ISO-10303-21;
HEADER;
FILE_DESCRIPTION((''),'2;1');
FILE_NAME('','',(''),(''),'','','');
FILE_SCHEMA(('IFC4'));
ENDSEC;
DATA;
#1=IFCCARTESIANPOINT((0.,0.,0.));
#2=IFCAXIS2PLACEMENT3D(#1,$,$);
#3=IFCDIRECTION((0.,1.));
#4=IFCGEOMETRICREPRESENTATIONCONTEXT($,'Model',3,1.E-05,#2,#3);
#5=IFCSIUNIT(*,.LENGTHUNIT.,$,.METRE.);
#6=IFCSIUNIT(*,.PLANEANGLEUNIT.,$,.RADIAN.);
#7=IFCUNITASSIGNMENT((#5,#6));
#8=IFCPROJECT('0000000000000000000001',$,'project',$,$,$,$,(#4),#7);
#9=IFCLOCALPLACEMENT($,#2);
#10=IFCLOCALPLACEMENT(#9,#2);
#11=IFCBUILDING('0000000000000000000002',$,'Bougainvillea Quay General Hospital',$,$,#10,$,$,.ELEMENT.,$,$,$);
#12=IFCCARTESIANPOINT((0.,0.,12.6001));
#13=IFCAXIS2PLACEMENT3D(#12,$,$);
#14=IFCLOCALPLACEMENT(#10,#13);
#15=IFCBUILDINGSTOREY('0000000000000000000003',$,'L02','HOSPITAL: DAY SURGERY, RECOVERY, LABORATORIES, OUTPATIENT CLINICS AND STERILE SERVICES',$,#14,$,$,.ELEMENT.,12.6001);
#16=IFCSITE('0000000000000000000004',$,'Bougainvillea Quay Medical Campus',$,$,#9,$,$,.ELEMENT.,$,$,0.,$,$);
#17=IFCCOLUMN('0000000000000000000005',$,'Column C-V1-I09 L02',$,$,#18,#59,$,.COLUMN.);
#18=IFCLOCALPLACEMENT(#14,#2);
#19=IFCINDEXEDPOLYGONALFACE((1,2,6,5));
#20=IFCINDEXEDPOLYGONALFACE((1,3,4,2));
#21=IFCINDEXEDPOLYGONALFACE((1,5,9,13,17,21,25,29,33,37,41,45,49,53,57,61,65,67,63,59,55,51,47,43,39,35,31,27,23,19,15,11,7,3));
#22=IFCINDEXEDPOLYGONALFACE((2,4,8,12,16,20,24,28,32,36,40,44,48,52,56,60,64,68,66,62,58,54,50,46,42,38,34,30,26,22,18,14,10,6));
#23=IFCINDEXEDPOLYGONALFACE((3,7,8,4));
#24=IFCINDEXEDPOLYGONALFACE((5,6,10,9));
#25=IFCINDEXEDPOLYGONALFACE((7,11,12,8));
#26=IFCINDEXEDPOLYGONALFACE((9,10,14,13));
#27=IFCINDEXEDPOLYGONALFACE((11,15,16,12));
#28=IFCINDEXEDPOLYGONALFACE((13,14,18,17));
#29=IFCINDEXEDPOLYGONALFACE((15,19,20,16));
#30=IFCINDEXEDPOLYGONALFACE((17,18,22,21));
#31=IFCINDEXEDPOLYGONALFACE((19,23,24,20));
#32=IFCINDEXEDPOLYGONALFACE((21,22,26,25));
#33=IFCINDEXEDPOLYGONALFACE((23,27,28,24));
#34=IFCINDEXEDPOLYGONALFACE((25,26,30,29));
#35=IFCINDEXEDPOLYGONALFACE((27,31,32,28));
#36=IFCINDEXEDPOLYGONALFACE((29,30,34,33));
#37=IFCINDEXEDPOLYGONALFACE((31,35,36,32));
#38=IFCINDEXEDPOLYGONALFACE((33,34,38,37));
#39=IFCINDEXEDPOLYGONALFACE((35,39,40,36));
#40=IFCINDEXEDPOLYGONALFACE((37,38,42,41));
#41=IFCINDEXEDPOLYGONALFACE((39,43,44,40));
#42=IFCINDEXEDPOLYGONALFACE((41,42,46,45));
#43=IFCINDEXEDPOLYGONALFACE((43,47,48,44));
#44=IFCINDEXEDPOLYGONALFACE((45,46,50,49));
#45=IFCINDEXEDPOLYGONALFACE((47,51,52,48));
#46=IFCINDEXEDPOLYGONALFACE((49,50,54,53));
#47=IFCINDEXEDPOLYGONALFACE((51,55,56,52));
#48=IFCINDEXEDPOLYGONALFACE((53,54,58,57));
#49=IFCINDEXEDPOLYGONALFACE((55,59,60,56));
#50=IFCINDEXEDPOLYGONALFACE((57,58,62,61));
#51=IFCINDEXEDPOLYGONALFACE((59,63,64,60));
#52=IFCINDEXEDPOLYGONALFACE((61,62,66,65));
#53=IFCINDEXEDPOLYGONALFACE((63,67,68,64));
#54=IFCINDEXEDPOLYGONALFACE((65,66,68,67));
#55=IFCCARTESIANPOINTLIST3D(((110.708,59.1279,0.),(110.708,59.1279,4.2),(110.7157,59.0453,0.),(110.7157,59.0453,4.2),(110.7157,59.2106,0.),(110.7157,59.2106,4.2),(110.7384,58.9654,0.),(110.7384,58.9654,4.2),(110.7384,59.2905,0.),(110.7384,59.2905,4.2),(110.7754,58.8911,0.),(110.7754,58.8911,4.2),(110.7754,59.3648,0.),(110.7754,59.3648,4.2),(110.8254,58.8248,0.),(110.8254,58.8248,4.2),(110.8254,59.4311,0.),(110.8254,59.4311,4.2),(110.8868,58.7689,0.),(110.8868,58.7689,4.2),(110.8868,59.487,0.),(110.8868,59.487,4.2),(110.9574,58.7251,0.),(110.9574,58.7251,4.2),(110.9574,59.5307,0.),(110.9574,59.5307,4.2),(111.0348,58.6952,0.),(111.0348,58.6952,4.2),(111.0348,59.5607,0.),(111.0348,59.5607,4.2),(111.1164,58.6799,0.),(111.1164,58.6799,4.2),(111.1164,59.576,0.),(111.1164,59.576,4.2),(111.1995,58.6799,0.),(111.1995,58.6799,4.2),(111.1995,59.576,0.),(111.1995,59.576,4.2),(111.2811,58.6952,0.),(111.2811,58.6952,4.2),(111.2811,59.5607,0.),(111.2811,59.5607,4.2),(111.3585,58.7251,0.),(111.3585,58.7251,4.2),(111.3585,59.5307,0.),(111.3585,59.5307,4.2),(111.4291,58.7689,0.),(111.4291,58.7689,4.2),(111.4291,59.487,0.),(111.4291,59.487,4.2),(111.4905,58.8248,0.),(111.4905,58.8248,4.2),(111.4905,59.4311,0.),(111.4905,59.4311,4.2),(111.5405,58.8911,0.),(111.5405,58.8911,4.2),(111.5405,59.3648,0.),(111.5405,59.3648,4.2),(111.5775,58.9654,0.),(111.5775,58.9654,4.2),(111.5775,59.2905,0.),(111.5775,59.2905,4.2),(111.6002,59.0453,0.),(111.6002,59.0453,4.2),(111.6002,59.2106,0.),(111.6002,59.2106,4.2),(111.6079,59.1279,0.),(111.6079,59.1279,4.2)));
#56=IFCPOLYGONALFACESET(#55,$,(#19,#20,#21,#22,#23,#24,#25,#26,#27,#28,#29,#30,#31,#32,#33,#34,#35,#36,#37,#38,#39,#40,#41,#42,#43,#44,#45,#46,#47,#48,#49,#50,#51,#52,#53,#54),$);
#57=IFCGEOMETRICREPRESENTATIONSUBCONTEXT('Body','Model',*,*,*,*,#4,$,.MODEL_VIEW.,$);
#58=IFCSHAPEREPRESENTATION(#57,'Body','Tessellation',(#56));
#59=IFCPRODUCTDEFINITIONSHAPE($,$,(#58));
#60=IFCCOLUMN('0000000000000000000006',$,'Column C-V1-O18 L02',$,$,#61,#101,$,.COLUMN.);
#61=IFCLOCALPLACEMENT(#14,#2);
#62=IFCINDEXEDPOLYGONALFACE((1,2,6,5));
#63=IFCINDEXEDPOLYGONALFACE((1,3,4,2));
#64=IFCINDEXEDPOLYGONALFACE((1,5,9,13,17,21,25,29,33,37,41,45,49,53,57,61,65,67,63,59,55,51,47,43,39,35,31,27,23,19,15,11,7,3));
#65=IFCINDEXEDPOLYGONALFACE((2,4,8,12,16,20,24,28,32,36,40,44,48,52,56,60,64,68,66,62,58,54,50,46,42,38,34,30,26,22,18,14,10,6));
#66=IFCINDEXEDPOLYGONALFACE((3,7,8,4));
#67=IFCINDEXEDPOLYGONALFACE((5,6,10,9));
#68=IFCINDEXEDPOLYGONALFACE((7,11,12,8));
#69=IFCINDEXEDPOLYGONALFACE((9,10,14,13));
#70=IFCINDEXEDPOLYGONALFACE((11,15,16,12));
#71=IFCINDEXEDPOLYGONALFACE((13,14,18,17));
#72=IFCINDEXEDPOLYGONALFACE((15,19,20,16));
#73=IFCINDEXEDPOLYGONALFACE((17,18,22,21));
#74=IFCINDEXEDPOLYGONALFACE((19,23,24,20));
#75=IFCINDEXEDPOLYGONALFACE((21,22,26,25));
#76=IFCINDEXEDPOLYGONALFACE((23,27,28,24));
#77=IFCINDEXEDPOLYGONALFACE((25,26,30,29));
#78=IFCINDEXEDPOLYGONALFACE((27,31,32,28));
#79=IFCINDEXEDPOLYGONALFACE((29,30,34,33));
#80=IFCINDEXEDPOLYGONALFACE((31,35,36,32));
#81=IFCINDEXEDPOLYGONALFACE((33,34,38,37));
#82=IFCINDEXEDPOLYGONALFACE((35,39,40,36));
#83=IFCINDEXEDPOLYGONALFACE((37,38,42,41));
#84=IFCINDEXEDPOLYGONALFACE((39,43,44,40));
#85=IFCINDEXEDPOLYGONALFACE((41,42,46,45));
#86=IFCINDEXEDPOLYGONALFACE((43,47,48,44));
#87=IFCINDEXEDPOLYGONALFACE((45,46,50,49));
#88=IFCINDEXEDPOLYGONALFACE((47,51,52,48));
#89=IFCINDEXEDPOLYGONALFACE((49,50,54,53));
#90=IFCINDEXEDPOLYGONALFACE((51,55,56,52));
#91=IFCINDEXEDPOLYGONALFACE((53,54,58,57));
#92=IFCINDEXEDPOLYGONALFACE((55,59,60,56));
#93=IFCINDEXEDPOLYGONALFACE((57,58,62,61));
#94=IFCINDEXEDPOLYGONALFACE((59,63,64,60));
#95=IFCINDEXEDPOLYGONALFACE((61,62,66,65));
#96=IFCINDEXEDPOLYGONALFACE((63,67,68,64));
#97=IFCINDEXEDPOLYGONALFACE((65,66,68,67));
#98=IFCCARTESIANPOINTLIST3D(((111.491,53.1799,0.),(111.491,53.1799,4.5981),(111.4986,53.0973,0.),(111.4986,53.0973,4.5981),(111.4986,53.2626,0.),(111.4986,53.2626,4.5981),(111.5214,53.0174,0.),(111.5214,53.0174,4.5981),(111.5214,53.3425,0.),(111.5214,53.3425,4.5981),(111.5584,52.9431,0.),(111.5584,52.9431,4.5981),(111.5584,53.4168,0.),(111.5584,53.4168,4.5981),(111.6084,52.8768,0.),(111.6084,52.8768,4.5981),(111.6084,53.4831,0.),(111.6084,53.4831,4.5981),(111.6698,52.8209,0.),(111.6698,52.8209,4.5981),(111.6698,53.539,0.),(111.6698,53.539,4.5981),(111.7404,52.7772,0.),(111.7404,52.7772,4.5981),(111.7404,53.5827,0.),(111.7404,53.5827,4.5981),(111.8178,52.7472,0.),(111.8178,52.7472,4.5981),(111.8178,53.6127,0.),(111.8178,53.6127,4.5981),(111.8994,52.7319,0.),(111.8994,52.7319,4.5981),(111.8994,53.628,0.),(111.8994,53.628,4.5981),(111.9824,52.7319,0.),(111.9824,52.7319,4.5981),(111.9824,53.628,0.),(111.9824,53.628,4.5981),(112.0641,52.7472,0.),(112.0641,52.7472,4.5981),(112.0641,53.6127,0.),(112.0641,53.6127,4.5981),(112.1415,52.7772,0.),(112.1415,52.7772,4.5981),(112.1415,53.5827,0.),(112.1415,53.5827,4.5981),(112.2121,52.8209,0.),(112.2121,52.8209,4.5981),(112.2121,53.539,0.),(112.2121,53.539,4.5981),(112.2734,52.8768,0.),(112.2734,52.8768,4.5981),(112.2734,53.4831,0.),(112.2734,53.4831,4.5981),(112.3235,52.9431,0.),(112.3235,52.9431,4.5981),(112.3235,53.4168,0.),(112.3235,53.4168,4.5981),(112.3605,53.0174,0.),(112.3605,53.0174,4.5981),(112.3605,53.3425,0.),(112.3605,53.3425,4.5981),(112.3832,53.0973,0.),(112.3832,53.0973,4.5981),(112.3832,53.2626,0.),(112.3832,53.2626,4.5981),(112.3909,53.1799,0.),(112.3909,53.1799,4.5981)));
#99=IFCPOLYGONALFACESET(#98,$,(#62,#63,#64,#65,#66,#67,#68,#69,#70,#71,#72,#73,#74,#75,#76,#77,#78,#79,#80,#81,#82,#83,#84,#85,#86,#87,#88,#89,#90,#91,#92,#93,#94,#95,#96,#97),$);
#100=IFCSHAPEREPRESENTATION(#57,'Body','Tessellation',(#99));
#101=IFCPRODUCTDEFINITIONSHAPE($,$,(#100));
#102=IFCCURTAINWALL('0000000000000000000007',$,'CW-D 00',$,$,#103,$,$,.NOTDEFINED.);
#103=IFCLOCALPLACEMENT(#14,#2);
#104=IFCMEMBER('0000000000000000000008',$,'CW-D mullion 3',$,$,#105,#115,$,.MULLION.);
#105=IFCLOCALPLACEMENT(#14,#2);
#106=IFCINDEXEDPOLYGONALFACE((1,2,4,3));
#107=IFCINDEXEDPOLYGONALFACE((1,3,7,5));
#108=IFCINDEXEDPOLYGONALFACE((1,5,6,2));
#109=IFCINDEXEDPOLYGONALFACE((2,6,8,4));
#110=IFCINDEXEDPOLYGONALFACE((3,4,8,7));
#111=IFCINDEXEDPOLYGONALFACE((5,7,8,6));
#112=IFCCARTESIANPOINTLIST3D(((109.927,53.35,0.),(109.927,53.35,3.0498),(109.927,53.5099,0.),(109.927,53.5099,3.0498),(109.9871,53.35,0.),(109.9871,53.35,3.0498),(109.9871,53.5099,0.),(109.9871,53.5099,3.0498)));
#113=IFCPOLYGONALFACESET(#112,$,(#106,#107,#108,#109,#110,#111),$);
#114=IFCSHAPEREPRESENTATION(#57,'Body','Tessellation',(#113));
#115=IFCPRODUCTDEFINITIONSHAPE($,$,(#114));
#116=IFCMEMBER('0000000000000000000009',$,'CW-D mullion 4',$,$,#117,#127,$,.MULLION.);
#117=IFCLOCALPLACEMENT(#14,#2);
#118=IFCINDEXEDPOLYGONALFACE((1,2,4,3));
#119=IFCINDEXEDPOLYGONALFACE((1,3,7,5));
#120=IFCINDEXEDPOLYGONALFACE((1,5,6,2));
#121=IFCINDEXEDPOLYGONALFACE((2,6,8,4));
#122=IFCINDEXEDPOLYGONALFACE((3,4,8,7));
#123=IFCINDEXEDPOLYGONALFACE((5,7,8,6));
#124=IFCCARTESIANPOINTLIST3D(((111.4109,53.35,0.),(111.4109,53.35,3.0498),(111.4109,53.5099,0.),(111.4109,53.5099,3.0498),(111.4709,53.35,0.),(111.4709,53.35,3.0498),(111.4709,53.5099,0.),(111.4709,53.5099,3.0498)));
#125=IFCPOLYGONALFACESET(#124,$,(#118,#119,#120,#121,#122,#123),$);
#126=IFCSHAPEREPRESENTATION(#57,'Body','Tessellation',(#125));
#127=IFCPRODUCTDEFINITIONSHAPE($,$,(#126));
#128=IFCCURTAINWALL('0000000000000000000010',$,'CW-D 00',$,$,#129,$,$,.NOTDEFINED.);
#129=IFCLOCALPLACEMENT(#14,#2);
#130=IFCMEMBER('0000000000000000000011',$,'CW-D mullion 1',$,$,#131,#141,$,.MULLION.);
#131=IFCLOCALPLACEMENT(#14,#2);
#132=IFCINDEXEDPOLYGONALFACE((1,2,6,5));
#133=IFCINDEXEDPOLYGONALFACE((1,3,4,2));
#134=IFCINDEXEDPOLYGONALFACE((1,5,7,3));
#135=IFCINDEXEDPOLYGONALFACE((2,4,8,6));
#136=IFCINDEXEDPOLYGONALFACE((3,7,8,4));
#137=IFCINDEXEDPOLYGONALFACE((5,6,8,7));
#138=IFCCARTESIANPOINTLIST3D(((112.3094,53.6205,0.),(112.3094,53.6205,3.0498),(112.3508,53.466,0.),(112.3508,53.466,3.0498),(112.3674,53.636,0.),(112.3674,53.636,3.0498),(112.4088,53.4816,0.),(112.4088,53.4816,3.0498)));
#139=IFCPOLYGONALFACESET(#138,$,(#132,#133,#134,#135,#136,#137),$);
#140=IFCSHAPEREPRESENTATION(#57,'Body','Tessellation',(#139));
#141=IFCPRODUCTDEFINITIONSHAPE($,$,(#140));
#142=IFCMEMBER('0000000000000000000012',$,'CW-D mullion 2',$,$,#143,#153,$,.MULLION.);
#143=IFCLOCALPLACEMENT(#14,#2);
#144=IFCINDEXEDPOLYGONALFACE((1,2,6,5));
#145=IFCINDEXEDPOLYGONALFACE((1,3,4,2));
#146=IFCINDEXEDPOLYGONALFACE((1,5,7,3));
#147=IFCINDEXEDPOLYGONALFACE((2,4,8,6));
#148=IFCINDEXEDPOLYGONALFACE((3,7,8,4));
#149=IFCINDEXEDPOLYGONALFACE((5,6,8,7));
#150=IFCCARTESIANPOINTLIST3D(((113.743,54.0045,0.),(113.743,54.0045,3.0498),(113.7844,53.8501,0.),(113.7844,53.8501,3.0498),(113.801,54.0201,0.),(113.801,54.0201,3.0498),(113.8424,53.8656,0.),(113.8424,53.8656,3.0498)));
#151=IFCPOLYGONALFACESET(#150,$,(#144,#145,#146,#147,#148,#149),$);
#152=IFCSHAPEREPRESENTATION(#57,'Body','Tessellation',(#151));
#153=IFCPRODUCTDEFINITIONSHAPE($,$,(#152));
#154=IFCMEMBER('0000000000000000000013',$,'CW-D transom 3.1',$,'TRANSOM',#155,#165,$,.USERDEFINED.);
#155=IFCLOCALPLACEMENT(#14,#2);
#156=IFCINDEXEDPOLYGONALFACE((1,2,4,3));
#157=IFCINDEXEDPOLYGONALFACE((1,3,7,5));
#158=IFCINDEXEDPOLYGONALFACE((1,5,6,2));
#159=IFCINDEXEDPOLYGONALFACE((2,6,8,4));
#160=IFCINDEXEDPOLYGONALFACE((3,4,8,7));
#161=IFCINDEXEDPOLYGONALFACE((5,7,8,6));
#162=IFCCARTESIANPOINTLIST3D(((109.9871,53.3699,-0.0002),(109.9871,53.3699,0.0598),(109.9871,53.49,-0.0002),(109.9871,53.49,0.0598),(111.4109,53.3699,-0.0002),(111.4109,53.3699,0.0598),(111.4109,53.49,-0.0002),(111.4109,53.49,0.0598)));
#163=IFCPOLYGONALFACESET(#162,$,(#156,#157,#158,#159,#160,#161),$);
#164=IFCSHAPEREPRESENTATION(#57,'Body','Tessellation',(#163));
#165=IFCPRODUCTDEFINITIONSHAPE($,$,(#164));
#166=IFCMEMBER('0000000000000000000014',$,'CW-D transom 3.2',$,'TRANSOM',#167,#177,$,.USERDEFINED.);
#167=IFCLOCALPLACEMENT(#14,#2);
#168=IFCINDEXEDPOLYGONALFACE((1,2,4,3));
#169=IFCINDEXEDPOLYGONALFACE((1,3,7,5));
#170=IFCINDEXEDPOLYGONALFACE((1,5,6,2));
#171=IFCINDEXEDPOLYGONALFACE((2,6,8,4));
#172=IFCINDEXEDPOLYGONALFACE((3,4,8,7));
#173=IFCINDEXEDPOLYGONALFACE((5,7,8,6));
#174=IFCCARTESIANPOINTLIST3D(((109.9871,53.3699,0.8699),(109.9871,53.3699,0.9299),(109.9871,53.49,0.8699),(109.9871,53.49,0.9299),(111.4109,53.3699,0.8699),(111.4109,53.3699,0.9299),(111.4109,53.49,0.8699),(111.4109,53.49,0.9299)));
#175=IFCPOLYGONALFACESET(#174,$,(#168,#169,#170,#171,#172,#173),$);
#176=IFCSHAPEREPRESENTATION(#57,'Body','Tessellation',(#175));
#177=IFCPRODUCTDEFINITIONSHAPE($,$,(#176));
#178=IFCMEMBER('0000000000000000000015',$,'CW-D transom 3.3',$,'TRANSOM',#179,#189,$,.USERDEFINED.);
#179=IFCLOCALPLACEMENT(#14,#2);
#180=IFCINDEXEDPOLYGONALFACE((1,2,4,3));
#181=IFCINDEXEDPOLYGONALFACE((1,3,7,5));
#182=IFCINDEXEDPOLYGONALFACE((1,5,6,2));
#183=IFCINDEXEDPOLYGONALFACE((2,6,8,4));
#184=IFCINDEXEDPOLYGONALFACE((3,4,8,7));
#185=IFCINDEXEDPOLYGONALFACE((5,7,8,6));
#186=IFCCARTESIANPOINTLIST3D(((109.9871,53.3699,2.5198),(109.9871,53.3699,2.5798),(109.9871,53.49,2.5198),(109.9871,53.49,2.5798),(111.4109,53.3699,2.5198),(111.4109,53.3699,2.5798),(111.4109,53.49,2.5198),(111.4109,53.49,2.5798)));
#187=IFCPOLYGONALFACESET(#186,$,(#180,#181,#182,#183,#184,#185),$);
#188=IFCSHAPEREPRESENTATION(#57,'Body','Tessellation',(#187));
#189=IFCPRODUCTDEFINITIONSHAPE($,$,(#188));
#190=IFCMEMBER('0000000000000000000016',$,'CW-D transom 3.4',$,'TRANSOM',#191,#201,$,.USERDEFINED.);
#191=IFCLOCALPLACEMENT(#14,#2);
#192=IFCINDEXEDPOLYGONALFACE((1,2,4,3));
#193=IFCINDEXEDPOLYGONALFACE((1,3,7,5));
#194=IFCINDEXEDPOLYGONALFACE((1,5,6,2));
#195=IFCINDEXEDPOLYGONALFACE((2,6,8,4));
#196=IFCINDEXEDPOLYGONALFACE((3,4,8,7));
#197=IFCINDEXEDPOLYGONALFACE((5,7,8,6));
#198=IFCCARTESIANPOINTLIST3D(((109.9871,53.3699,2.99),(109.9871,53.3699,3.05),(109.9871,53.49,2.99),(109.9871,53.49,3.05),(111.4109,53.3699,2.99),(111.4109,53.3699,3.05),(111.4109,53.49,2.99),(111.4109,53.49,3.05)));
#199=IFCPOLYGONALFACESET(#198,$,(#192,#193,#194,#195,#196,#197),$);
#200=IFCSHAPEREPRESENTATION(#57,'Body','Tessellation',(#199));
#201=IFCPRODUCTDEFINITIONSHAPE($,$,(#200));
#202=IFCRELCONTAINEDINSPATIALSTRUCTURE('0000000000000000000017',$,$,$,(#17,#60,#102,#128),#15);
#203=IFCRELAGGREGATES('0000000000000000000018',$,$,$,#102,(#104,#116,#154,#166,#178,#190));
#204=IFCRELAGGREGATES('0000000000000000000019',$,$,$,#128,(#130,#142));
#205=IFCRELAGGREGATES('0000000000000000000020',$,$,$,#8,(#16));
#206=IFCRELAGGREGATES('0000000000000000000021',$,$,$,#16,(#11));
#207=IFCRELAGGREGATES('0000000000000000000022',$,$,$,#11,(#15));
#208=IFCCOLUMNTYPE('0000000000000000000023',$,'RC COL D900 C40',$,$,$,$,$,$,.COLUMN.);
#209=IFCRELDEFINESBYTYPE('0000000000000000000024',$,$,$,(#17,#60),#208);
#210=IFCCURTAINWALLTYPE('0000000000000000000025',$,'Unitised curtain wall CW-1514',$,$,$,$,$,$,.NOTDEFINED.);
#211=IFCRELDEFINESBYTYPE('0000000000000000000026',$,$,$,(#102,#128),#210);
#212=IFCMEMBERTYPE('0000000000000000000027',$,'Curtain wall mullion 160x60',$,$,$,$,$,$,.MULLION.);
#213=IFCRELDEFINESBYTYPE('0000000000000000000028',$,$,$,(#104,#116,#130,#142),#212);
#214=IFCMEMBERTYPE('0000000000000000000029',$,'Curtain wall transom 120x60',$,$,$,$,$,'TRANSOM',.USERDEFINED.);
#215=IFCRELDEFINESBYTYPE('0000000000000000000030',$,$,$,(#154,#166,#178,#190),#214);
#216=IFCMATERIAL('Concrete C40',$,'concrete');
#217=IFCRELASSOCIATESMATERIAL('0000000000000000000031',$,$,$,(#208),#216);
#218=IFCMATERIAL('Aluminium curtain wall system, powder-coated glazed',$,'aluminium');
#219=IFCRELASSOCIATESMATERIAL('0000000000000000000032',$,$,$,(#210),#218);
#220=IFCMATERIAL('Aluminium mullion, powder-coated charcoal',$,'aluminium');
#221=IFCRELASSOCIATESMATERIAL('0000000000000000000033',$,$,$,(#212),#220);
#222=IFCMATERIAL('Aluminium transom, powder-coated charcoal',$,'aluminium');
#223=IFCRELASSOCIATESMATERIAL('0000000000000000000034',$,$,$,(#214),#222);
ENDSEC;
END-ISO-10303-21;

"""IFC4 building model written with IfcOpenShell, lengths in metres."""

from ifc_helpers import new_model, si_unit, direction, frame, origin, origin_2d, place, context, subcontext, project, spatial, rectangle, circle, extrude, material, material_profile, profile_set, type_object, element, aggregate, save


model = new_model("IFC4")

# Units and contexts
model_context = context("Model", 3, precision=1e-05, world=origin(), true_north=direction((0.0, 1.0)))
body_context = subcontext(model_context, "Body", "Model", "MODEL_VIEW")
ifc_project = project(units=[si_unit("LENGTHUNIT", "METRE"), si_unit("PLANEANGLEUNIT", "RADIAN")], contexts=[model_context])

# Site, building, storey
site_placement = place(None, origin())
site = spatial("IfcSite", under=ifc_project, at=site_placement, Name="Bougainvillea Quay Medical Campus", CompositionType="ELEMENT", RefElevation=0.0)
building_placement = place(site_placement, origin())
building = spatial("IfcBuilding", under=site, at=building_placement, Name="Bougainvillea Quay General Hospital", CompositionType="ELEMENT")
storey_placement = place(building_placement, frame((0.0, 0.0, 12.6001)))
storey = spatial("IfcBuildingStorey", under=building, at=storey_placement, Name="L02", Description="HOSPITAL: DAY SURGERY, RECOVERY, LABORATORIES, OUTPATIENT CLINICS AND STERILE SERVICES", CompositionType="ELEMENT", Elevation=12.6001)

# Columns
ifc_material_1 = material(Name="Concrete C40", Category="concrete")
ifc_material_profile_1 = material_profile(ifc_material_1, circle(Radius=0.45, at=origin_2d()))
ifc_profile_set_1 = profile_set([ifc_material_profile_1], Name="Concrete C40")
column_type = type_object("IfcColumnType", Name="RC COL D900 C40", PredefinedType="COLUMN", material=ifc_profile_set_1)
column_1_placement = place(storey_placement, frame((111.158, 59.1279, 0.0), z_axis=(0.0, 0.0, 1.0), x_axis=(1.0, 0.0, 0.0)))
element("IfcColumn", 1, at=column_1_placement, inside=storey, type_object=column_type, Name="Column C-V1-I09 L02", PredefinedType="COLUMN", context=body_context, shape_type="SweptSolid", body=[
    extrude(circle(Radius=0.45, at=origin_2d()), origin(), (0.0, 0.0, 1.0), 4.2),
])
column_2_placement = place(storey_placement, frame((111.9409, 53.1799, 0.0), z_axis=(0.0, 0.0, 1.0), x_axis=(1.0, 0.0, 0.0)))
element("IfcColumn", 2, at=column_2_placement, inside=storey, type_object=column_type, Name="Column C-V1-O18 L02", PredefinedType="COLUMN", context=body_context, shape_type="SweptSolid", body=[
    extrude(circle(Radius=0.45, at=origin_2d()), origin(), (0.0, 0.0, 1.0), 4.5981),
])

# Curtain walls, members
ifc_material_2 = material(Name="Aluminium curtain wall system, powder-coated glazed", Category="aluminium")
curtain_wall_type = type_object("IfcCurtainWallType", Name="Unitised curtain wall CW-1514", PredefinedType="NOTDEFINED", material=ifc_material_2)
curtain_wall_1_placement = place(storey_placement, origin())
curtain_wall_1 = element("IfcCurtainWall", 3, at=curtain_wall_1_placement, inside=storey, type_object=curtain_wall_type, Name="CW-D 00", PredefinedType="NOTDEFINED")
ifc_material_3 = material(Name="Aluminium mullion, powder-coated charcoal", Category="aluminium")
ifc_material_profile_2 = material_profile(ifc_material_3, rectangle(XDim=0.1599, YDim=0.0601, at=origin_2d()))
ifc_profile_set_2 = profile_set([ifc_material_profile_2], Name="Aluminium mullion, powder-coated charcoal")
member_type_1 = type_object("IfcMemberType", Name="Curtain wall mullion 160x60", PredefinedType="MULLION", material=ifc_profile_set_2)
member_1_placement = place(storey_placement, frame((109.957, 53.4299, 0.0), z_axis=(0.0, 0.0, 1.0), x_axis=(0.0, 1.0, 0.0)))
member_1 = element("IfcMember", 4, at=member_1_placement, type_object=member_type_1, Name="CW-D mullion 3", PredefinedType="MULLION", context=body_context, shape_type="SweptSolid", body=[
    extrude(rectangle(XDim=0.1599, YDim=0.0601, at=origin_2d()), origin(), (0.0, 0.0, 1.0), 3.0498),
])
member_2_placement = place(storey_placement, frame((111.4409, 53.4299, 0.0), z_axis=(0.0, 0.0, 1.0), x_axis=(0.0, 1.0, 0.0)))
member_2 = element("IfcMember", 5, at=member_2_placement, type_object=member_type_1, Name="CW-D mullion 4", PredefinedType="MULLION", context=body_context, shape_type="SweptSolid", body=[
    extrude(rectangle(XDim=0.1599, YDim=0.0601, at=origin_2d()), origin(), (0.0, 0.0, 1.0), 3.0498),
])
curtain_wall_2_placement = place(storey_placement, origin())
curtain_wall_2 = element("IfcCurtainWall", 6, at=curtain_wall_2_placement, inside=storey, type_object=curtain_wall_type, Name="CW-D 00", PredefinedType="NOTDEFINED")
member_3_placement = place(storey_placement, frame((112.3591, 53.551, 0.0), z_axis=(0.0, 0.0, 1.0), x_axis=(-0.258855, 0.965916, 0.0)))
member_3 = element("IfcMember", 7, at=member_3_placement, type_object=member_type_1, Name="CW-D mullion 1", PredefinedType="MULLION", context=body_context, shape_type="SweptSolid", body=[
    extrude(rectangle(XDim=0.1599, YDim=0.0601, at=origin_2d()), origin(), (0.0, 0.0, 1.0), 3.0498),
])
member_4_placement = place(storey_placement, frame((113.7927, 53.9351, 0.0), z_axis=(0.0, 0.0, 1.0), x_axis=(-0.258855, 0.965916, 0.0)))
member_4 = element("IfcMember", 8, at=member_4_placement, type_object=member_type_1, Name="CW-D mullion 2", PredefinedType="MULLION", context=body_context, shape_type="SweptSolid", body=[
    extrude(rectangle(XDim=0.1599, YDim=0.0601, at=origin_2d()), origin(), (0.0, 0.0, 1.0), 3.0498),
])

# Members
ifc_material_4 = material(Name="Aluminium transom, powder-coated charcoal", Category="aluminium")
ifc_material_profile_3 = material_profile(ifc_material_4, rectangle(XDim=0.1201, YDim=0.0601, at=origin_2d()))
ifc_profile_set_3 = profile_set([ifc_material_profile_3], Name="Aluminium transom, powder-coated charcoal")
member_type_2 = type_object("IfcMemberType", Name="Curtain wall transom 120x60", ElementType="TRANSOM", PredefinedType="USERDEFINED", material=ifc_profile_set_3)
member_5_placement = place(storey_placement, frame((109.9871, 53.4299, 0.0298), z_axis=(1.0, 0.0, 0.0), x_axis=(0.0, 1.0, 0.0)))
member_5 = element("IfcMember", 9, at=member_5_placement, type_object=member_type_2, Name="CW-D transom 3.1", ObjectType="TRANSOM", PredefinedType="USERDEFINED", context=body_context, shape_type="SweptSolid", body=[
    extrude(rectangle(XDim=0.1201, YDim=0.0601, at=origin_2d()), origin(), (0.0, 0.0, 1.0), 1.4238),
])
member_6_placement = place(storey_placement, frame((109.9871, 53.4299, 0.8999), z_axis=(1.0, 0.0, 0.0), x_axis=(0.0, 1.0, 0.0)))
member_6 = element("IfcMember", 10, at=member_6_placement, type_object=member_type_2, Name="CW-D transom 3.2", ObjectType="TRANSOM", PredefinedType="USERDEFINED", context=body_context, shape_type="SweptSolid", body=[
    extrude(rectangle(XDim=0.1201, YDim=0.0601, at=origin_2d()), origin(), (0.0, 0.0, 1.0), 1.4238),
])
member_7_placement = place(storey_placement, frame((109.9871, 53.4299, 2.5498), z_axis=(1.0, 0.0, 0.0), x_axis=(0.0, 1.0, 0.0)))
member_7 = element("IfcMember", 11, at=member_7_placement, type_object=member_type_2, Name="CW-D transom 3.3", ObjectType="TRANSOM", PredefinedType="USERDEFINED", context=body_context, shape_type="SweptSolid", body=[
    extrude(rectangle(XDim=0.1201, YDim=0.0601, at=origin_2d()), origin(), (0.0, 0.0, 1.0), 1.4238),
])
member_8_placement = place(storey_placement, frame((109.9871, 53.4299, 3.02), z_axis=(1.0, 0.0, 0.0), x_axis=(0.0, 1.0, 0.0)))
member_8 = element("IfcMember", 12, at=member_8_placement, type_object=member_type_2, Name="CW-D transom 3.4", ObjectType="TRANSOM", PredefinedType="USERDEFINED", context=body_context, shape_type="SweptSolid", body=[
    extrude(rectangle(XDim=0.1201, YDim=0.0601, at=origin_2d()), origin(), (0.0, 0.0, 1.0), 1.4238),
])

aggregate(curtain_wall_1, [member_1, member_2, member_5, member_6, member_7, member_8])
aggregate(curtain_wall_2, [member_3, member_4])

save(model, "model.ifc")
